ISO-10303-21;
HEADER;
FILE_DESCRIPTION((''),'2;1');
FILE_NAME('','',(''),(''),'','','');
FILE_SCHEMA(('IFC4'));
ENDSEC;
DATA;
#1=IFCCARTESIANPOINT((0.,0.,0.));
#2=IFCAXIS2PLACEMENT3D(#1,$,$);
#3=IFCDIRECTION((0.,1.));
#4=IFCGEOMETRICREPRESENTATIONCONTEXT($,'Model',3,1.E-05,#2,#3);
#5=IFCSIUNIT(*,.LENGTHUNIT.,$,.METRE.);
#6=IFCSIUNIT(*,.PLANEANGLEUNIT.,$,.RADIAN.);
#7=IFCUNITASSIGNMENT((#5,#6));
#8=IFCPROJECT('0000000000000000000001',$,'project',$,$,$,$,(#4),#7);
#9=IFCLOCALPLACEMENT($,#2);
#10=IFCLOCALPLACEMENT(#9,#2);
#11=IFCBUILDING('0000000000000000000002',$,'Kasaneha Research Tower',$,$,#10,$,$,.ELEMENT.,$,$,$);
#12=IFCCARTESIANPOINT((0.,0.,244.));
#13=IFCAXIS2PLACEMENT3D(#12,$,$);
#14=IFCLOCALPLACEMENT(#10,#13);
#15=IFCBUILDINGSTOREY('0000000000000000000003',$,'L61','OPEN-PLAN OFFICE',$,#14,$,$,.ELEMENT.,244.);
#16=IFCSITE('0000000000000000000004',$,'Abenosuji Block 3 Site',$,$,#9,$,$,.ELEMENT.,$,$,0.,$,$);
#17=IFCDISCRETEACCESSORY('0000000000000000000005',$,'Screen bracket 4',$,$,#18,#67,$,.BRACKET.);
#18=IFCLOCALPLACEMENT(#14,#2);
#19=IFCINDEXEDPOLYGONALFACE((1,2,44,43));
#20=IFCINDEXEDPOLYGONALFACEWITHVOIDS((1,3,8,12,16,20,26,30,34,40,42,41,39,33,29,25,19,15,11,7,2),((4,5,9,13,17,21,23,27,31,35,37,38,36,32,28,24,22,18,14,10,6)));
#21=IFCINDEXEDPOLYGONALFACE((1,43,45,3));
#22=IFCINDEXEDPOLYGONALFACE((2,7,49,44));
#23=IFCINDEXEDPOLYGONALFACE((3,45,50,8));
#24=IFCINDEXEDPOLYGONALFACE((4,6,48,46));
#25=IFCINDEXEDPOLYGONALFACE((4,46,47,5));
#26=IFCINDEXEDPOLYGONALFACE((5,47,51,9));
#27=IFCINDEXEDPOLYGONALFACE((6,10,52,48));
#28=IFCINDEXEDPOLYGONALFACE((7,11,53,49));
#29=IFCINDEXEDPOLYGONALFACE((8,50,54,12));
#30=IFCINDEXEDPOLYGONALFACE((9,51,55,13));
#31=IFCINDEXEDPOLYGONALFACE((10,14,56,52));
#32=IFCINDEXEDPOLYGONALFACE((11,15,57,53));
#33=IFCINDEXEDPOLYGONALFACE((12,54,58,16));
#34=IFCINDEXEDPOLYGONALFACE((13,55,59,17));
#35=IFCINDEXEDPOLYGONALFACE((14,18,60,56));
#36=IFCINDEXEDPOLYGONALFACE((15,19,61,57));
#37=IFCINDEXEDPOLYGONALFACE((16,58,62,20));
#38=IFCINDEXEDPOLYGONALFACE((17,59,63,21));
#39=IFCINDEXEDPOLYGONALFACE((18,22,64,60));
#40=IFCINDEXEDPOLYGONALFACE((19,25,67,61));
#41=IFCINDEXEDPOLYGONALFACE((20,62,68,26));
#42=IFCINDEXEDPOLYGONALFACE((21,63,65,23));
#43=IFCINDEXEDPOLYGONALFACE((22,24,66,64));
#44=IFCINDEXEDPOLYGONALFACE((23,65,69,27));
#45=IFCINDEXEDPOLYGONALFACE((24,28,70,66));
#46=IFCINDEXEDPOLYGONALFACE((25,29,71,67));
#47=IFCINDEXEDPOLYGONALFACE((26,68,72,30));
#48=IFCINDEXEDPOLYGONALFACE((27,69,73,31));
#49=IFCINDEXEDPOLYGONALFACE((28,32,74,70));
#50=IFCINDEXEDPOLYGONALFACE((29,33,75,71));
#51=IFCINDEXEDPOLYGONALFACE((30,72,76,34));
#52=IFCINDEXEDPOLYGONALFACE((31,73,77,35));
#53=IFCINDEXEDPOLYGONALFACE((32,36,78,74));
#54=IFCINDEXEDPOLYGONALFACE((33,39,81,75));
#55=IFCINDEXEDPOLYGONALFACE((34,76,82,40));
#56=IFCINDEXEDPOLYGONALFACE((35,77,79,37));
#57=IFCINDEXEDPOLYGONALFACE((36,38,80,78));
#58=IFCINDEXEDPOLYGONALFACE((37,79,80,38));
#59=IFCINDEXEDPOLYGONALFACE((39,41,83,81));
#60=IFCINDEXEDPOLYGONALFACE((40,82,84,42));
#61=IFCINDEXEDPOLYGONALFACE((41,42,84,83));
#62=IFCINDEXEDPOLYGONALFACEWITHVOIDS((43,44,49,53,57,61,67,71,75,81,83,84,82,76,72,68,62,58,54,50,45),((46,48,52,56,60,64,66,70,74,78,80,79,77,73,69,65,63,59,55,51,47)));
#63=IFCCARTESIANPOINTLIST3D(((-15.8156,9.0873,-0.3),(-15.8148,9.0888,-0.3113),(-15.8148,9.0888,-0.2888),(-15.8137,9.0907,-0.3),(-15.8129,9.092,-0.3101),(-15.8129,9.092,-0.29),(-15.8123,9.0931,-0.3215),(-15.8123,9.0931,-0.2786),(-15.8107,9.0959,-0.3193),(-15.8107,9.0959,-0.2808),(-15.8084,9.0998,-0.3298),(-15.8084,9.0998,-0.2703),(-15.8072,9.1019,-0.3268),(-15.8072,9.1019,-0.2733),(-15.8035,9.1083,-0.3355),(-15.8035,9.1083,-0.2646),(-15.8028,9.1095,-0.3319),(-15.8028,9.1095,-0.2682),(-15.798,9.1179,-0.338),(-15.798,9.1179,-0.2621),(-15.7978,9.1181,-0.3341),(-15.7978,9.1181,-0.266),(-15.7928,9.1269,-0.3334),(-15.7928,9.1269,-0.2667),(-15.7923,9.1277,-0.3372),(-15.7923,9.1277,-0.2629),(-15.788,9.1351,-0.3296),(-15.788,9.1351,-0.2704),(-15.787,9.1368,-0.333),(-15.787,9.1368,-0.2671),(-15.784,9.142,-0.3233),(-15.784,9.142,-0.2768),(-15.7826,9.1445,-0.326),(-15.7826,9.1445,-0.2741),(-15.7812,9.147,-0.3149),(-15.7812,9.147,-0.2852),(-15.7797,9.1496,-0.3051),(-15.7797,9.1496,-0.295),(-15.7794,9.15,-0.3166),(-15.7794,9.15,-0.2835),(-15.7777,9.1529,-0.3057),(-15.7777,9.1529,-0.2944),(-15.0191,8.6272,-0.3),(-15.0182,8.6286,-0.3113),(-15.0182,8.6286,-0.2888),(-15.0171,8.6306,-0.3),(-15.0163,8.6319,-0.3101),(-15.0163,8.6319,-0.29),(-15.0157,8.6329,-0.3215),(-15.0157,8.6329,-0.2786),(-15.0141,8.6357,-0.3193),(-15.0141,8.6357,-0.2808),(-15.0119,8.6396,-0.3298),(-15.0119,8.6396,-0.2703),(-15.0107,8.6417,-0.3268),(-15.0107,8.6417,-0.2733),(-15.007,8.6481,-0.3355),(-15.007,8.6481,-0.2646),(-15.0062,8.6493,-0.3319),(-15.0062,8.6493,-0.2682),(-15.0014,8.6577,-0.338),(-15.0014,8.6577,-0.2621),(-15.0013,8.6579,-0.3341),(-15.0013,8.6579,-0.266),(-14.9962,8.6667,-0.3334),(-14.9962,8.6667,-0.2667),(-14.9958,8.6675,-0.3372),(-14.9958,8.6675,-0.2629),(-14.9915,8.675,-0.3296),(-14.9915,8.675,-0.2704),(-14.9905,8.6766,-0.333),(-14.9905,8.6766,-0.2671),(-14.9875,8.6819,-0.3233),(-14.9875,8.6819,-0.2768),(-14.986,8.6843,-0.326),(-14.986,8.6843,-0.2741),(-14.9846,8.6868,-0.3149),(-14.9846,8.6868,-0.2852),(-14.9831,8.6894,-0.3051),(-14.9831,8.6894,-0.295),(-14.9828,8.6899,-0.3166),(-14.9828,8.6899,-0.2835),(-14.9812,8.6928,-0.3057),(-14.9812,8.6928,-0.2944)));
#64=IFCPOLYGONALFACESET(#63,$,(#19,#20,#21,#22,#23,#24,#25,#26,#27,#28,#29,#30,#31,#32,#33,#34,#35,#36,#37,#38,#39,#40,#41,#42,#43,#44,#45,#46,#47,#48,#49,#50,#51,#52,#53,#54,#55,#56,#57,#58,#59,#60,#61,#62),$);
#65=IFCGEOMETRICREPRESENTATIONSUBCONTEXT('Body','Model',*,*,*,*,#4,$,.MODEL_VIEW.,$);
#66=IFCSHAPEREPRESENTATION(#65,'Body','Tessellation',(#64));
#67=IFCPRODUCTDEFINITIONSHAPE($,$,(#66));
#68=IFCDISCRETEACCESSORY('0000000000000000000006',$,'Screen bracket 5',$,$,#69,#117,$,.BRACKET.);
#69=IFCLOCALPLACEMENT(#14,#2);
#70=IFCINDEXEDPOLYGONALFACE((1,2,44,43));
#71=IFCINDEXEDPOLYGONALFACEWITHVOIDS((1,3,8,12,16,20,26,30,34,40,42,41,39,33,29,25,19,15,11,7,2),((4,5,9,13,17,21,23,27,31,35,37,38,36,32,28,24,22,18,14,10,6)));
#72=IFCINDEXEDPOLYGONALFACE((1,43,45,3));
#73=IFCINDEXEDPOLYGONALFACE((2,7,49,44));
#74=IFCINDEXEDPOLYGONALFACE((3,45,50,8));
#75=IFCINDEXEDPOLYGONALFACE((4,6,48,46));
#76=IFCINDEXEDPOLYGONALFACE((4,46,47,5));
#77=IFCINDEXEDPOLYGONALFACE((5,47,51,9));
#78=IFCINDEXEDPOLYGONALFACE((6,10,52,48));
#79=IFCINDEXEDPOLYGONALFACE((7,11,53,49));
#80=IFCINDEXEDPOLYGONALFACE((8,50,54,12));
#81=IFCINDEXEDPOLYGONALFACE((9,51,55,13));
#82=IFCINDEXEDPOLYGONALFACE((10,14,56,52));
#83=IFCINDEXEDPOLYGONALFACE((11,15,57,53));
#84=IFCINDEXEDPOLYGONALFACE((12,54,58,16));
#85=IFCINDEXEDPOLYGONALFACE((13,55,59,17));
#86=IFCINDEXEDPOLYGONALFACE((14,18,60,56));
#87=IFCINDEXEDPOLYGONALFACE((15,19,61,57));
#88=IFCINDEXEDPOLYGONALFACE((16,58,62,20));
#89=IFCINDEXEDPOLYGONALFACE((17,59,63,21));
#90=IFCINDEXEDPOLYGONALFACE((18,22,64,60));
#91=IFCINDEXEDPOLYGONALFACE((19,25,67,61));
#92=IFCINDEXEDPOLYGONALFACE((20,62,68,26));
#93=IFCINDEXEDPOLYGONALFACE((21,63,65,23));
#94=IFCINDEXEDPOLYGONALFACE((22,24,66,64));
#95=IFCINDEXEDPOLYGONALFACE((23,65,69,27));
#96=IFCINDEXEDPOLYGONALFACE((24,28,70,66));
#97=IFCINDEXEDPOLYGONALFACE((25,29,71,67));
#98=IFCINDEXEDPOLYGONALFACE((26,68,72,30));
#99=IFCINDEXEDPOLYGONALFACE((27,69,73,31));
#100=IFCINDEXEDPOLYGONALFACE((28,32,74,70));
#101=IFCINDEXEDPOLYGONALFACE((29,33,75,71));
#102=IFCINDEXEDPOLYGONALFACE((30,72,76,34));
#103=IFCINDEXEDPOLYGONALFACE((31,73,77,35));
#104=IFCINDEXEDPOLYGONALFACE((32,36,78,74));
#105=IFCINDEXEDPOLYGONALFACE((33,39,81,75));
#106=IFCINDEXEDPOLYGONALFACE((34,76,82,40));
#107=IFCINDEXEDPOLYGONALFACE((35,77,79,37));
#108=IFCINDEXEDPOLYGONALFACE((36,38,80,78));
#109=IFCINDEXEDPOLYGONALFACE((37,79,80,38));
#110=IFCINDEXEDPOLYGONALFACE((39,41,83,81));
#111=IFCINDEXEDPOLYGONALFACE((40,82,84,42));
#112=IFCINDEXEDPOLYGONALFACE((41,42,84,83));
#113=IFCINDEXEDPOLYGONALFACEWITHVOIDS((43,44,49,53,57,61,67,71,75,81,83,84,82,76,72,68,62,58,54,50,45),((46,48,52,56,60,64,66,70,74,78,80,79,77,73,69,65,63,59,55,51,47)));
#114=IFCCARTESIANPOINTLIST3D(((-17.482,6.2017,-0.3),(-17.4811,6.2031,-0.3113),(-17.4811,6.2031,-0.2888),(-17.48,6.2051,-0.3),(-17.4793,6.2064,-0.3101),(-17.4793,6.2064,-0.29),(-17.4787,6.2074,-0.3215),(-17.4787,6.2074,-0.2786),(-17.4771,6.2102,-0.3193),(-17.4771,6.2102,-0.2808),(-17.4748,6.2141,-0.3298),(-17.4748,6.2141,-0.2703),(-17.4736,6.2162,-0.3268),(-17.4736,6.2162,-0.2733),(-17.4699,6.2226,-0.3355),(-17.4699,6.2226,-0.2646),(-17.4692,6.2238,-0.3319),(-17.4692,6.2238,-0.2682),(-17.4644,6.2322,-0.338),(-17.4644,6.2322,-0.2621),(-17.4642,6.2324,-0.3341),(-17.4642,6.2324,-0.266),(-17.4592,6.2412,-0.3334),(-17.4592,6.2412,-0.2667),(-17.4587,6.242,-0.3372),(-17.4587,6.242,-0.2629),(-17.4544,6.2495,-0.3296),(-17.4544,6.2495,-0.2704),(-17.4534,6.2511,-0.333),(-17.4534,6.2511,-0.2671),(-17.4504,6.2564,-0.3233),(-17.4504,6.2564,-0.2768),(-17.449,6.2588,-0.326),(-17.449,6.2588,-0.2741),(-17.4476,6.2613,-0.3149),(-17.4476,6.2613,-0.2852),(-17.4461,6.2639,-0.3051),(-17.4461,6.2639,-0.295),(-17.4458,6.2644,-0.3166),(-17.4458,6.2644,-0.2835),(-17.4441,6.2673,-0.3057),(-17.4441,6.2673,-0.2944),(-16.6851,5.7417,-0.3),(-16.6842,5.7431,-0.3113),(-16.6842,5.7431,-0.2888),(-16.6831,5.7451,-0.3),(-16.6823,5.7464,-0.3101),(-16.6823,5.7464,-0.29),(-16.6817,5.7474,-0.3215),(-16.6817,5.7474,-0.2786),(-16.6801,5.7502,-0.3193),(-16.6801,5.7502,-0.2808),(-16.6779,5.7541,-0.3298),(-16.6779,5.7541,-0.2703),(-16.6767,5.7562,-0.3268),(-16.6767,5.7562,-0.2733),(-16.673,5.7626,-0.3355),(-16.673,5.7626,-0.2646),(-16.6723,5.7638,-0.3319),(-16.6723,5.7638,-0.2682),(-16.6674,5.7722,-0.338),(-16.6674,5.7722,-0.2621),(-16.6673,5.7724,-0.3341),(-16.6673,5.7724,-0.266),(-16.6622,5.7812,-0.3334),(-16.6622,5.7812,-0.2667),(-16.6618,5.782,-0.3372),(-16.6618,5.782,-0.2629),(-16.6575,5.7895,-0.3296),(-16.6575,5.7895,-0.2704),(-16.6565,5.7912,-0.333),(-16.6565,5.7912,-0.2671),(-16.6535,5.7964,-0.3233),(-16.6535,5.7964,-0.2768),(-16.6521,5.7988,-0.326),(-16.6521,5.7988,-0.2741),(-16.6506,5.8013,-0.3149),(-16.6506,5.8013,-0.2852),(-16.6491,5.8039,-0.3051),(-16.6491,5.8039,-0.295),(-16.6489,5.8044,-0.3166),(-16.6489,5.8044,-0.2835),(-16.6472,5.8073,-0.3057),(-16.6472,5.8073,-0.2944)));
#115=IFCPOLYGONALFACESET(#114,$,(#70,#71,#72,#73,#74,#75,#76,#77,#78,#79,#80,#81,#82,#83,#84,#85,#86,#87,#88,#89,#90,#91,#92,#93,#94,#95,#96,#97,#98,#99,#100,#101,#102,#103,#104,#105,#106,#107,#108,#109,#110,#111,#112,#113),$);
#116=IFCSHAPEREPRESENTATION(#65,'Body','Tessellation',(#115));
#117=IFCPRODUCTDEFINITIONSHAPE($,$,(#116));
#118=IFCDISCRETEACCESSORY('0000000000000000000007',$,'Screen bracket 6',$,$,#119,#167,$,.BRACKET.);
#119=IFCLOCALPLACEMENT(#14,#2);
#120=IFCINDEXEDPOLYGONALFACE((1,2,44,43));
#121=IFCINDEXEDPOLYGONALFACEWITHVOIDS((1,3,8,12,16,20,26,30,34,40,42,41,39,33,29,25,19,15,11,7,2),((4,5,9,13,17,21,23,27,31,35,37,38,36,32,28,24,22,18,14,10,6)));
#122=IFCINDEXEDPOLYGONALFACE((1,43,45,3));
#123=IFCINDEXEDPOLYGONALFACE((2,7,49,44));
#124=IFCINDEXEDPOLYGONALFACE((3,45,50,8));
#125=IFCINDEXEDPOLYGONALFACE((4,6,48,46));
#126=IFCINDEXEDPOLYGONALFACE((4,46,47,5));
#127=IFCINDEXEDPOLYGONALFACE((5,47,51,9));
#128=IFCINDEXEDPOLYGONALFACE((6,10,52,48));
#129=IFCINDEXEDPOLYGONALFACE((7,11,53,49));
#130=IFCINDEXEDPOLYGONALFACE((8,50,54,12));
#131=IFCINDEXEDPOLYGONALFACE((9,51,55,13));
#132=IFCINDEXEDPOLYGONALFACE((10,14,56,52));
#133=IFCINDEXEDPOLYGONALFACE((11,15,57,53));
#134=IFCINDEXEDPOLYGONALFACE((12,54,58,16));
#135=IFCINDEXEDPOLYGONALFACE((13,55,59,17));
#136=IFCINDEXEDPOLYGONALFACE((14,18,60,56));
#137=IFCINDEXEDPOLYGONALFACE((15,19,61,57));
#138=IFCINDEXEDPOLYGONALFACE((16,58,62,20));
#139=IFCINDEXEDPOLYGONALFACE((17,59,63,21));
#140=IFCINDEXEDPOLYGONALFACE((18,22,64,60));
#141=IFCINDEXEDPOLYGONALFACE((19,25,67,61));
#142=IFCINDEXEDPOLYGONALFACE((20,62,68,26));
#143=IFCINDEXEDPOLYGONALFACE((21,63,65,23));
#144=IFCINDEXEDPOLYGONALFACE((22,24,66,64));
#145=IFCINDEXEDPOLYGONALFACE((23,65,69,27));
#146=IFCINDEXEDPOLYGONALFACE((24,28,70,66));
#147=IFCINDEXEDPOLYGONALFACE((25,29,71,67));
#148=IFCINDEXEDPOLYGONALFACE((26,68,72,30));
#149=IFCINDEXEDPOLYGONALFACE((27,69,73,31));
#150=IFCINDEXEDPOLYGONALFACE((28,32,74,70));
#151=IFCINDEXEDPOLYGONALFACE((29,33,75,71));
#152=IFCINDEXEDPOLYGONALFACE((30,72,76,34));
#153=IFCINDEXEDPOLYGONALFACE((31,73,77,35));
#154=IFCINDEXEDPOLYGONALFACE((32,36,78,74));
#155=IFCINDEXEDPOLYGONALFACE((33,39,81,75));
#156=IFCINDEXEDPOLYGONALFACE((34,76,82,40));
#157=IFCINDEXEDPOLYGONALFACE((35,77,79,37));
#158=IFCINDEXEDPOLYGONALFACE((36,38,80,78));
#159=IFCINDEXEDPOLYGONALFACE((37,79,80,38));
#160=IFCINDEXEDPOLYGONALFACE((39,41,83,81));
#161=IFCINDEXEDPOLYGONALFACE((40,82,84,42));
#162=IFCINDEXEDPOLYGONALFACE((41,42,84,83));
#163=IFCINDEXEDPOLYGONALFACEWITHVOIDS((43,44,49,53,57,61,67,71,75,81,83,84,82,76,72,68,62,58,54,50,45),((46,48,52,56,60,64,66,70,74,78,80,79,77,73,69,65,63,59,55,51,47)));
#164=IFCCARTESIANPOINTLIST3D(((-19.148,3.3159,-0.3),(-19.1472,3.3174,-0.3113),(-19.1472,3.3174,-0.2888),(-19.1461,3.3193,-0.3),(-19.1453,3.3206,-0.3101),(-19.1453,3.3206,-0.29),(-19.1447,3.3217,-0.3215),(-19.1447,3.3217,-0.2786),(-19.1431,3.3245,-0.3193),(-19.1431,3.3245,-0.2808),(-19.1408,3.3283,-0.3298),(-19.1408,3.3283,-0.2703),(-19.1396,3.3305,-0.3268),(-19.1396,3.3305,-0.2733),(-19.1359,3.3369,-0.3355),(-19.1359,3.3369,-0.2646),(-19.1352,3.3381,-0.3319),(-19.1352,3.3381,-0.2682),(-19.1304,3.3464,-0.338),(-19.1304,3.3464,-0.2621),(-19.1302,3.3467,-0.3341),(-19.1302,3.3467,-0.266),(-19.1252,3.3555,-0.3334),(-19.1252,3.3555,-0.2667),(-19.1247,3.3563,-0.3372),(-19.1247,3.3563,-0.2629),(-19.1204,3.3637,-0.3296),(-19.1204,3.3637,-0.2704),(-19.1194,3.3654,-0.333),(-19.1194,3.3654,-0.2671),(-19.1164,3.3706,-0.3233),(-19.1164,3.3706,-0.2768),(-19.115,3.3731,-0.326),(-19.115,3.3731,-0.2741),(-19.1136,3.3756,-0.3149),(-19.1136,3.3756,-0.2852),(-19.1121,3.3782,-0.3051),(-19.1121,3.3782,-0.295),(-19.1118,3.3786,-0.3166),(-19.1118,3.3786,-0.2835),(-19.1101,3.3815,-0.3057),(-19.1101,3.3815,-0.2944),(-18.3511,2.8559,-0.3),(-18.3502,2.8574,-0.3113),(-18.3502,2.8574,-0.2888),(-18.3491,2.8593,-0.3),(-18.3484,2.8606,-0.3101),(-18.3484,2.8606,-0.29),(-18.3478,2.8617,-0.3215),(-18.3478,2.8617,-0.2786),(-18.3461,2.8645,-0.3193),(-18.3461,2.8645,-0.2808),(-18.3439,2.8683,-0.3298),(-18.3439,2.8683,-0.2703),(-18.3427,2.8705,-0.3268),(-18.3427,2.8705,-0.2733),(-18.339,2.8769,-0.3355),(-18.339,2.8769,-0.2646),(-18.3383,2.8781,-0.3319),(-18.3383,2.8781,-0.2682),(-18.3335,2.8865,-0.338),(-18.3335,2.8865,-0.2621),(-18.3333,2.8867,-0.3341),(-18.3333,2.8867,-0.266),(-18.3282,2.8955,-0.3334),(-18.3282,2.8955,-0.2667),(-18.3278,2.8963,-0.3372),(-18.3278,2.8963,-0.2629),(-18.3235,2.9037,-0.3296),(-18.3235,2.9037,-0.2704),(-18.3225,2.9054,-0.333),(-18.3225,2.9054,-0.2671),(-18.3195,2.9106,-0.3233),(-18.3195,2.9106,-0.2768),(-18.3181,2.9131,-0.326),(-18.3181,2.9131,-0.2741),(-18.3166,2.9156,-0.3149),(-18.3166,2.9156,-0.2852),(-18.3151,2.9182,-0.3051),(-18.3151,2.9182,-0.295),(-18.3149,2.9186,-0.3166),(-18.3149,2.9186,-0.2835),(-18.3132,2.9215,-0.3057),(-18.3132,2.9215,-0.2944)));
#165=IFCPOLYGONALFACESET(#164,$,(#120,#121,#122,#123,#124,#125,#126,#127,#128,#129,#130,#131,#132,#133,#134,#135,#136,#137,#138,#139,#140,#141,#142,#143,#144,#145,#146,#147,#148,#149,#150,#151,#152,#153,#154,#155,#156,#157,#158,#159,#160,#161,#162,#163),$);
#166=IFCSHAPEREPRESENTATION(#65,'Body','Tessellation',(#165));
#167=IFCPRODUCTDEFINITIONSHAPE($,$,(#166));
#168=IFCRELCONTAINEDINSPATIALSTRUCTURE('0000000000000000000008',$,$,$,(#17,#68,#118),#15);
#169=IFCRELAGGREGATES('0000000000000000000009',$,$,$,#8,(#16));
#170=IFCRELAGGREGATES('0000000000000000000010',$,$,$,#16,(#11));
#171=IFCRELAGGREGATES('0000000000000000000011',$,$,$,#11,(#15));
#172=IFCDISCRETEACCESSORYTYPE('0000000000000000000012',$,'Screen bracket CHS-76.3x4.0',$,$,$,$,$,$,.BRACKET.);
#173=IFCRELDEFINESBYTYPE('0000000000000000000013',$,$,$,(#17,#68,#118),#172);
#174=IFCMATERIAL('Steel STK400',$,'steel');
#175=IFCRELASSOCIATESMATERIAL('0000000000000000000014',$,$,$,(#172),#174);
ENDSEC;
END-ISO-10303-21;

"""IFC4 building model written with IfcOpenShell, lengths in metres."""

from ifc_helpers import new_model, si_unit, direction, frame, origin, origin_2d, place, context, subcontext, project, spatial, hollow_circle, extrude, material, material_profile, profile_set, type_object, element, save


model = new_model("IFC4")

# Units and contexts
model_context = context("Model", 3, precision=1e-05, world=origin(), true_north=direction((0.0, 1.0)))
body_context = subcontext(model_context, "Body", "Model", "MODEL_VIEW")
ifc_project = project(units=[si_unit("LENGTHUNIT", "METRE"), si_unit("PLANEANGLEUNIT", "RADIAN")], contexts=[model_context])

# Site, building, storey
site_placement = place(None, origin())
site = spatial("IfcSite", under=ifc_project, at=site_placement, Name="Abenosuji Block 3 Site", CompositionType="ELEMENT", RefElevation=0.0)
building_placement = place(site_placement, origin())
building = spatial("IfcBuilding", under=site, at=building_placement, Name="Kasaneha Research Tower", CompositionType="ELEMENT")
storey_placement = place(building_placement, frame((0.0, 0.0, 244.0)))
storey = spatial("IfcBuildingStorey", under=building, at=storey_placement, Name="L61", Description="OPEN-PLAN OFFICE", CompositionType="ELEMENT", Elevation=244.0)

# Discrete accessories
ifc_material_1 = material(Name="Steel STK400", Category="steel")
ifc_material_profile_1 = material_profile(ifc_material_1, hollow_circle(Radius=0.0381, WallThickness=0.0039, at=origin_2d()), Name="CHS-76.3x4.0")
ifc_profile_set_1 = profile_set([ifc_material_profile_1], Name="Steel STK400")
discrete_accessory_type = type_object("IfcDiscreteAccessoryType", Name="Screen bracket CHS-76.3x4.0", PredefinedType="BRACKET", material=ifc_profile_set_1)
discrete_accessory_1_placement = place(storey_placement, frame((-15.0, 8.6602, -0.3), z_axis=(-0.865898, 0.50022, 0.0), x_axis=(-0.50022, -0.865898, 0.0)))
element("IfcDiscreteAccessory", 1, at=discrete_accessory_1_placement, inside=storey, type_object=discrete_accessory_type, Name="Screen bracket 4", PredefinedType="BRACKET", context=body_context, shape_type="SweptSolid", body=[
    extrude(hollow_circle(Radius=0.0381, WallThickness=0.0039, at=origin_2d()), origin(), (0.0, 0.0, 1.0), 0.9199),
])
for number, where, z_axis, x_axis, name in (
    (2, (-16.666, 5.7747, -0.3), (-0.86608, 0.499906, 0.0), (-0.499906, -0.86608, 0.0), "Screen bracket 5"),
    (3, (-18.332, 2.8889, -0.3), (-0.86608, 0.499906, 0.0), (-0.499906, -0.86608, 0.0), "Screen bracket 6"),
):
    element("IfcDiscreteAccessory", number, at=place(storey_placement, frame(where, z_axis=z_axis, x_axis=x_axis)), inside=storey, type_object=discrete_accessory_type, Name=name, PredefinedType="BRACKET", context=body_context, shape_type="SweptSolid", body=[
        extrude(hollow_circle(Radius=0.0381, WallThickness=0.0039, at=origin_2d()), origin(), (0.0, 0.0, 1.0), 0.9202),
    ])

save(model, "model.ifc")
